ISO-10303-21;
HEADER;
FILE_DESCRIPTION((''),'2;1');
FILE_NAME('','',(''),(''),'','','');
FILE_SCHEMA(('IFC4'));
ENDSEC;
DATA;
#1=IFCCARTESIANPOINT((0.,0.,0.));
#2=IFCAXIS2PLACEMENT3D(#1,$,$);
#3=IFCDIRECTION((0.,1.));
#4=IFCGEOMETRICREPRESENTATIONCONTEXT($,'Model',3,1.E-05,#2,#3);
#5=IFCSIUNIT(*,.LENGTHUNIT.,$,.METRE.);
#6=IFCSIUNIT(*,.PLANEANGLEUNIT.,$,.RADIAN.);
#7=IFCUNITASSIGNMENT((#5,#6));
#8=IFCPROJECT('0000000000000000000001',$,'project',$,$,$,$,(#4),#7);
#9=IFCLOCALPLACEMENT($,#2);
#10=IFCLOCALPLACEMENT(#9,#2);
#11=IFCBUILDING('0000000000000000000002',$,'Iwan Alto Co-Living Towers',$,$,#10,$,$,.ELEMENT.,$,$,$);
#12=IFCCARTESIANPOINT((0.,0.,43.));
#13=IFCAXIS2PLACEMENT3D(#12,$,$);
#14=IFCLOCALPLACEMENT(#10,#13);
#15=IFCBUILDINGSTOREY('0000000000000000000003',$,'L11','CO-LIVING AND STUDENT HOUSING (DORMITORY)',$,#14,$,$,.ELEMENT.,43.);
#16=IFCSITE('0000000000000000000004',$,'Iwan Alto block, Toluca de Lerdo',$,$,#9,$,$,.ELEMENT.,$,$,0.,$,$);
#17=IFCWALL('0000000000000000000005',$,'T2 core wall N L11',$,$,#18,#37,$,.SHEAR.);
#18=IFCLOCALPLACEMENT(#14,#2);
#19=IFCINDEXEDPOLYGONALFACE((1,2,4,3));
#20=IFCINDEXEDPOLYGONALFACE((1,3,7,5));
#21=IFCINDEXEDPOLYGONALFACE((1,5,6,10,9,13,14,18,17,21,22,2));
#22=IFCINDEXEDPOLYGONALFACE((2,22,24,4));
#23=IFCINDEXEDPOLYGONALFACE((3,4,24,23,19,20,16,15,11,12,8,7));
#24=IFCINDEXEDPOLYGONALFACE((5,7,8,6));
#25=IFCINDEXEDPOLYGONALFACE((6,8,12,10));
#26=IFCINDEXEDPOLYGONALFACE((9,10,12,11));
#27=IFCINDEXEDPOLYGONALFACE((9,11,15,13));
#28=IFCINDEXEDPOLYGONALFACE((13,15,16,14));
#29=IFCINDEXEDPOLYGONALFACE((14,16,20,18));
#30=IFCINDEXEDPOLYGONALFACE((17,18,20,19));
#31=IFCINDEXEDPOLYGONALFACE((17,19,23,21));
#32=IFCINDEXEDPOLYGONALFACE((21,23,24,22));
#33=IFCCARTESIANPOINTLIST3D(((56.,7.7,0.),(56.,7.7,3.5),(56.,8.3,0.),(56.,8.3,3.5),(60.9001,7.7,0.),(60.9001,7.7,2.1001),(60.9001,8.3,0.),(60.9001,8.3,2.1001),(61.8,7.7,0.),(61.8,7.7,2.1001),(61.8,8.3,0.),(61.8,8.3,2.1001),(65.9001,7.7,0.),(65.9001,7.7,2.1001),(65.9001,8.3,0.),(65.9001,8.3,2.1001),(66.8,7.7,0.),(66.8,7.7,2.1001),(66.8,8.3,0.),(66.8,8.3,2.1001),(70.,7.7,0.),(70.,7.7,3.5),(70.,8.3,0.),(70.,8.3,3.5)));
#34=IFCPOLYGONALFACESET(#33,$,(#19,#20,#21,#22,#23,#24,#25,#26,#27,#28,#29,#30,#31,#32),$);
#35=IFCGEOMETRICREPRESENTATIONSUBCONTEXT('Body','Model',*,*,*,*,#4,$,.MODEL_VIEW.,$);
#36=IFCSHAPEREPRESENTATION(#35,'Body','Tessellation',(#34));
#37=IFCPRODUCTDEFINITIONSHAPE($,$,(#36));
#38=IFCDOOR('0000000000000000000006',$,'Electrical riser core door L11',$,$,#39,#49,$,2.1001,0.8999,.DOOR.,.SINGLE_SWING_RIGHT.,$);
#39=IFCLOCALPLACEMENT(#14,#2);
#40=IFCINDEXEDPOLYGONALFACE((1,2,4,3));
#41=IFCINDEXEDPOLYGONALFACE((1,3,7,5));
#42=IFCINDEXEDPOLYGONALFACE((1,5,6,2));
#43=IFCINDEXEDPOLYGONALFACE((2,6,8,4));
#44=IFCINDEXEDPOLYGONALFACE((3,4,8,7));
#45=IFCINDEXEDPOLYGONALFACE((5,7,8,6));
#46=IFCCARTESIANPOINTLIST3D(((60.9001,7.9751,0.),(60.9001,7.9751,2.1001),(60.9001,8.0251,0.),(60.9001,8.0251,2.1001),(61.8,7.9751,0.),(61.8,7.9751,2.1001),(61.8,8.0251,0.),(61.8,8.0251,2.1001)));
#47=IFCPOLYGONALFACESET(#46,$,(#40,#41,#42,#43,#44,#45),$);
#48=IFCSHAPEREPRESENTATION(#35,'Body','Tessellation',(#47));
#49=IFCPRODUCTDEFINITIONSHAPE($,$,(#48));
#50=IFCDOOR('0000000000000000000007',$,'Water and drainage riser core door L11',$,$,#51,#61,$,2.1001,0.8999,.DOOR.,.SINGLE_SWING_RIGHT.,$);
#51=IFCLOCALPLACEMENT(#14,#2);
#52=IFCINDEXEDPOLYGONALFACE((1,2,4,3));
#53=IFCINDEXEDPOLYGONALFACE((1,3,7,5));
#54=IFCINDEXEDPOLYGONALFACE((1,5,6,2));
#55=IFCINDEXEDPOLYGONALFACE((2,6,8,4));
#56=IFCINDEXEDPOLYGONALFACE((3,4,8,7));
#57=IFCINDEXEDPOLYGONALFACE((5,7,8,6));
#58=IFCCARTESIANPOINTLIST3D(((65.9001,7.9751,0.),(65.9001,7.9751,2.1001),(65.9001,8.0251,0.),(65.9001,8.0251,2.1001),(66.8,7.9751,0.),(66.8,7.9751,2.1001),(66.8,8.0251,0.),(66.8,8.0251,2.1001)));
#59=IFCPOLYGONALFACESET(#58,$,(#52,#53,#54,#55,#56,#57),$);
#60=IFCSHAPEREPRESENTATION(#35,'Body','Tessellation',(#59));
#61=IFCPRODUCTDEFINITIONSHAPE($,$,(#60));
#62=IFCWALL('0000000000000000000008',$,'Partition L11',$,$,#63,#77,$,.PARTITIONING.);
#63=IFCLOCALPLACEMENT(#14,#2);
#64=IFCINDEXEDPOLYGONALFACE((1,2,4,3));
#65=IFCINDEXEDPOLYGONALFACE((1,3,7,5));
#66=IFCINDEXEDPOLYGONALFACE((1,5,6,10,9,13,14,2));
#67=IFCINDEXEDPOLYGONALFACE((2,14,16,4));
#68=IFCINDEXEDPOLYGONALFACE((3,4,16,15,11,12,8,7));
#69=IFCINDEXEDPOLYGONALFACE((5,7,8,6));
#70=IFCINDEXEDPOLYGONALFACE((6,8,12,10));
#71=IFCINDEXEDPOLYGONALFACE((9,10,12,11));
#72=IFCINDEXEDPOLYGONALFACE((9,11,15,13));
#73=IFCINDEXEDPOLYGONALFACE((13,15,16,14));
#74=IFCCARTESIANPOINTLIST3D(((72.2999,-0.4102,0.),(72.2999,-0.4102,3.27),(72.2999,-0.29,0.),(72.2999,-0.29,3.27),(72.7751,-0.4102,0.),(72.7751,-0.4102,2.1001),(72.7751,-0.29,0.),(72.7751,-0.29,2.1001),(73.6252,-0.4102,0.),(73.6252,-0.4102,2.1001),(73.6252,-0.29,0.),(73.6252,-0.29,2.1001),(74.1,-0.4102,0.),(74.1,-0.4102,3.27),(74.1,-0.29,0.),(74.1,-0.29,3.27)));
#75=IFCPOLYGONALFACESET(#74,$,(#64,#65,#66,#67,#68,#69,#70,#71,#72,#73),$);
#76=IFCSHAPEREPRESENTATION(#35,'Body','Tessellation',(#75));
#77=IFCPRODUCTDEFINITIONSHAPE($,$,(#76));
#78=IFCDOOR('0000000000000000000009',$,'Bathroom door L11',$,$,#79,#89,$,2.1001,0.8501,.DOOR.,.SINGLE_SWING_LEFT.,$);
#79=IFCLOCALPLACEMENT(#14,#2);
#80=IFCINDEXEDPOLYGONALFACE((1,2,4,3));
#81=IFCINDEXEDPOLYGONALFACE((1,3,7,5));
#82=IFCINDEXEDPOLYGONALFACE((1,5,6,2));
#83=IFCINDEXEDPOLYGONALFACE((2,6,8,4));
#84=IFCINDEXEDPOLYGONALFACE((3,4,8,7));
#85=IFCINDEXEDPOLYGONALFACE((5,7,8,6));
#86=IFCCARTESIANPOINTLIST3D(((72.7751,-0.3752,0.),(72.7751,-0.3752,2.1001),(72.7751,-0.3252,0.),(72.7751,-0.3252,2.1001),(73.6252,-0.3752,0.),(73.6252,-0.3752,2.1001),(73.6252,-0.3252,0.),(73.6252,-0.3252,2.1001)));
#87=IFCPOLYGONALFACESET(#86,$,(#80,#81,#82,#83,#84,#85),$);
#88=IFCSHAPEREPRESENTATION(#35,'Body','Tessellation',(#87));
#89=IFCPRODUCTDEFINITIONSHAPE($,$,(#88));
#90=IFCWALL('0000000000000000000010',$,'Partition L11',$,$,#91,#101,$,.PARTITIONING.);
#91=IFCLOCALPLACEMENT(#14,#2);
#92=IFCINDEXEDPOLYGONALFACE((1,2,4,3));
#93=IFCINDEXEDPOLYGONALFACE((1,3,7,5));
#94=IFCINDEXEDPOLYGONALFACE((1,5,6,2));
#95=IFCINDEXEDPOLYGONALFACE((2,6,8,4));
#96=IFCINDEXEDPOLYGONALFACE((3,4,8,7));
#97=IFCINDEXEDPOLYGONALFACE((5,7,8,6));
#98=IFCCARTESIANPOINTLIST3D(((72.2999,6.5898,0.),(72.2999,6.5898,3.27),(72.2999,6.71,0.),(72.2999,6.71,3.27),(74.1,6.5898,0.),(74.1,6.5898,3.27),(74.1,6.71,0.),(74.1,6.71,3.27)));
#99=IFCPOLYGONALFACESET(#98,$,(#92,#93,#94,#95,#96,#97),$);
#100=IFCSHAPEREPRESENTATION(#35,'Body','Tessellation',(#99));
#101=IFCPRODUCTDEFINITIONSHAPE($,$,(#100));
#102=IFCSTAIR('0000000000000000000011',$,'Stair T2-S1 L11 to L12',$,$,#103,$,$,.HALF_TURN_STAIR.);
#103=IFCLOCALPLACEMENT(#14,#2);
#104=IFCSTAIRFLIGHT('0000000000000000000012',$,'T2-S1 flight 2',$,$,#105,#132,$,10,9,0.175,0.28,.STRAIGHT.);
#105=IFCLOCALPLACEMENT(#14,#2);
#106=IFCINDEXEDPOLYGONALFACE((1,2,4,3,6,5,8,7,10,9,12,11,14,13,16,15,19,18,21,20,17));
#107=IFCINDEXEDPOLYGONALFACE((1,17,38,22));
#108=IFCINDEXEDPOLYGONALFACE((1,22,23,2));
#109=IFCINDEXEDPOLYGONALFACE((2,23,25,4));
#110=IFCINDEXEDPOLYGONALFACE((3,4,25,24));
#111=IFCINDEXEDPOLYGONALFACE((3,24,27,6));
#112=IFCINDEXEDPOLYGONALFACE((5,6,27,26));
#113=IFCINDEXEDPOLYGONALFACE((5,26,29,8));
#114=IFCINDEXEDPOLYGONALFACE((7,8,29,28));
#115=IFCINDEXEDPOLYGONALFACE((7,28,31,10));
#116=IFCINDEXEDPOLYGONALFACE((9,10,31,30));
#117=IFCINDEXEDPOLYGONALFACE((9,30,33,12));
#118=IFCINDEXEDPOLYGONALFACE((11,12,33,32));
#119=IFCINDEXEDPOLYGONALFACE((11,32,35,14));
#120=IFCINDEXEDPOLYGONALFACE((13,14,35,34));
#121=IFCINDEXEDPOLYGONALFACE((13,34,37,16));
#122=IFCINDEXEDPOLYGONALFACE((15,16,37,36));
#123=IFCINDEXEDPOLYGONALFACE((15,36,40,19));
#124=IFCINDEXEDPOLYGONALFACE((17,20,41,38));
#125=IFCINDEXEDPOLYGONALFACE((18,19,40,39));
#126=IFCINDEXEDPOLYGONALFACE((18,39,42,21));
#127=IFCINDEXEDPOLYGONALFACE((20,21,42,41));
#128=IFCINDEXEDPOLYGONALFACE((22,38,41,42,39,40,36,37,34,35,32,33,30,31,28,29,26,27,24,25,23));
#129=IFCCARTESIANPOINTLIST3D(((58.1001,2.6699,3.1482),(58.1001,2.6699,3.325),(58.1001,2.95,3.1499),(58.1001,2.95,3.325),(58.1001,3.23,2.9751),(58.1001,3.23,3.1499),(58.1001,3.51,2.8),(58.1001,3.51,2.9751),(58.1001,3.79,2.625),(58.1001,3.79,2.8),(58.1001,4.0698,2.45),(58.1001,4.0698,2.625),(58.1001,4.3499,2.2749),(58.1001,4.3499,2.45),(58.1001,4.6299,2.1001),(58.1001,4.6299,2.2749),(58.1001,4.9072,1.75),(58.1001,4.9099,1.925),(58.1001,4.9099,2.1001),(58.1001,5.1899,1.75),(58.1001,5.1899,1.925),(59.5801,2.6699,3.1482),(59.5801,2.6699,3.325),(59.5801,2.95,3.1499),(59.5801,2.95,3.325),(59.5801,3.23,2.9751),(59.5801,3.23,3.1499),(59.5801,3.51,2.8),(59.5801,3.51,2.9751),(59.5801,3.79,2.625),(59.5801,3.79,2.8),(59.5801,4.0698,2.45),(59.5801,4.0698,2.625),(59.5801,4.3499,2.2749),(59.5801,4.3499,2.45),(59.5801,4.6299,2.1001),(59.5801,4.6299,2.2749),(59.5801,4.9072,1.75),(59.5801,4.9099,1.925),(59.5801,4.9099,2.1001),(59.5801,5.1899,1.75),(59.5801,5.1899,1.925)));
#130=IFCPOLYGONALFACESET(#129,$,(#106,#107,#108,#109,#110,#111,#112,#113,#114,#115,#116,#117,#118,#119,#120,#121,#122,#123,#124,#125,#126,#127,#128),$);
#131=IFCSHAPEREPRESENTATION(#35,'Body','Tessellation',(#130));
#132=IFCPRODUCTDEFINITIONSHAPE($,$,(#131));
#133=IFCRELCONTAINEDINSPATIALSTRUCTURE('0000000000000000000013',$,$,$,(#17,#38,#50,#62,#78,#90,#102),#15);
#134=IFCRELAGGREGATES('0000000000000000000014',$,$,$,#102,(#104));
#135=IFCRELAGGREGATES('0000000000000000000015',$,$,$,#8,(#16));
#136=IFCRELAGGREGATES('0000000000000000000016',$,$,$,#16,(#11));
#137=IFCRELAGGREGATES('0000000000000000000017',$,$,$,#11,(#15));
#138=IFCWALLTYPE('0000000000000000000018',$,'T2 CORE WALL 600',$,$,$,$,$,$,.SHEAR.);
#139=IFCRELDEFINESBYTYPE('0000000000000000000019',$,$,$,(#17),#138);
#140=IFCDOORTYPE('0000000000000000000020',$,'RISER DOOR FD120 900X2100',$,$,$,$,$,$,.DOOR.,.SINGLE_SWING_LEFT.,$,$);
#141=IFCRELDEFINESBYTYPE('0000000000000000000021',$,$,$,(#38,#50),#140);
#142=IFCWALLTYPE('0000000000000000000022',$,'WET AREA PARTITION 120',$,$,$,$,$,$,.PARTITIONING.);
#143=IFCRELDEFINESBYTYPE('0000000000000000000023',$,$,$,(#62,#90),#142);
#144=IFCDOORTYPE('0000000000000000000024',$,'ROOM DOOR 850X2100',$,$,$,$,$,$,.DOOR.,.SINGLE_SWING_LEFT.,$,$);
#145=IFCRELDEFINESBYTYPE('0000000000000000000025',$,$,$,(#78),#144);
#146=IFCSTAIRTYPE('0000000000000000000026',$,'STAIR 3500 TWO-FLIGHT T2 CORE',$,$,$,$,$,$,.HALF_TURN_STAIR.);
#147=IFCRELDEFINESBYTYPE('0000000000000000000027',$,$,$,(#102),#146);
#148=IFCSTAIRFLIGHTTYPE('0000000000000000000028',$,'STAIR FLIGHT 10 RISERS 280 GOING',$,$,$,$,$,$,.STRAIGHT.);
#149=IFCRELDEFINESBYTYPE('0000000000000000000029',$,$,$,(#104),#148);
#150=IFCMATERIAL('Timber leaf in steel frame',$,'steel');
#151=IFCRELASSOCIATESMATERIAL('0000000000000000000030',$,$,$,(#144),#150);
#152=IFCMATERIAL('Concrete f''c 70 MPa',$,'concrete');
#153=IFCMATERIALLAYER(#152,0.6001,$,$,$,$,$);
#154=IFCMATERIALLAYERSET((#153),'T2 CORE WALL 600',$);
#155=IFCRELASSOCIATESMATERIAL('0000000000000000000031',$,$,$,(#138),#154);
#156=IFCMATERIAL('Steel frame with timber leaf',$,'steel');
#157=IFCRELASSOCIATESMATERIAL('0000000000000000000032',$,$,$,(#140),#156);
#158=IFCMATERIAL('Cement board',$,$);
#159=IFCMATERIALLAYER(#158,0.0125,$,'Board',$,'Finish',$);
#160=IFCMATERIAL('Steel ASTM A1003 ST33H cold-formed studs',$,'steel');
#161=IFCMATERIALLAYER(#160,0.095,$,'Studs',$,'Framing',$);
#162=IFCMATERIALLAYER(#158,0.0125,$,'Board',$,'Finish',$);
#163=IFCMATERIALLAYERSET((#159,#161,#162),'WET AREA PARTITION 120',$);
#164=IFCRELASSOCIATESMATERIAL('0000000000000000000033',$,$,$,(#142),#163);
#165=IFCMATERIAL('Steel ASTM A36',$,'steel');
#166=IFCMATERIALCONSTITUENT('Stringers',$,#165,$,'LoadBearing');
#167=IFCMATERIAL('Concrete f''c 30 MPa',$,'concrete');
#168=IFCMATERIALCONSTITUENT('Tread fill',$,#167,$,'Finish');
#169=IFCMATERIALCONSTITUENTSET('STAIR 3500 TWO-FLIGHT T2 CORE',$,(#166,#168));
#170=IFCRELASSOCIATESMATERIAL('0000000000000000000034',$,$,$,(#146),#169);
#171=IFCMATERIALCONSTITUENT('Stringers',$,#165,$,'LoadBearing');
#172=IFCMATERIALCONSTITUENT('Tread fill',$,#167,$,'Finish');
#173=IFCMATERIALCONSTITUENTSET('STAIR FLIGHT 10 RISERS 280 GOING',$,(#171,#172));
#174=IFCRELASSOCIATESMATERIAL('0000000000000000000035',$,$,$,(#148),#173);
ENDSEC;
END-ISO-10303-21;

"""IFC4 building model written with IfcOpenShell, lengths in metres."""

from ifc_helpers import new_model, si_unit, direction, frame, frame_2d, origin, place, context, subcontext, project, spatial, polyline, rectangle, outline, extrude, material, layer, layer_set, constituent, constituent_set, type_object, element, fill, aggregate, save


model = new_model("IFC4")

# Units and contexts
model_context = context("Model", 3, precision=1e-05, world=origin(), true_north=direction((0.0, 1.0)))
body_context = subcontext(model_context, "Body", "Model", "MODEL_VIEW")
ifc_project = project(units=[si_unit("LENGTHUNIT", "METRE"), si_unit("PLANEANGLEUNIT", "RADIAN")], contexts=[model_context])

# Site, building, storey
site_placement = place(None, origin())
site = spatial("IfcSite", under=ifc_project, at=site_placement, Name="Iwan Alto block, Toluca de Lerdo", CompositionType="ELEMENT", RefElevation=0.0)
building_placement = place(site_placement, origin())
building = spatial("IfcBuilding", under=site, at=building_placement, Name="Iwan Alto Co-Living Towers", CompositionType="ELEMENT")
storey_placement = place(building_placement, frame((0.0, 0.0, 43.0)))
storey = spatial("IfcBuildingStorey", under=building, at=storey_placement, Name="L11", Description="CO-LIVING AND STUDENT HOUSING (DORMITORY)", CompositionType="ELEMENT", Elevation=43.0)

# Shared definitions
ifc_material_1 = material(Name="Steel ASTM A1003 ST33H cold-formed studs", Category="steel")
ifc_material_2 = material(Name="Timber leaf in steel frame", Category="steel")
door_type_1 = type_object("IfcDoorType", Name="ROOM DOOR 850X2100", OperationType="SINGLE_SWING_LEFT", PredefinedType="DOOR", material=ifc_material_2)

# Wall, openings, doors
ifc_material_3 = material(Name="Concrete f'c 70 MPa", Category="concrete")
ifc_layer_1 = layer(ifc_material_3, 0.6001)
ifc_layer_set_1 = layer_set([ifc_layer_1], Name="T2 CORE WALL 600")
wall_type_1 = type_object("IfcWallType", Name="T2 CORE WALL 600", PredefinedType="SHEAR", material=ifc_layer_set_1)
wall_1_placement = place(storey_placement, frame((70.0, 8.0, 0.0), z_axis=(0.0, 0.0, 1.0), x_axis=(-1.0, 0.0, 0.0)))
wall_1 = element("IfcWall", 1, at=wall_1_placement, inside=storey, type_object=wall_type_1, Name="T2 core wall N L11", PredefinedType="SHEAR", context=body_context, shape_type="SweptSolid", body=[
    extrude(rectangle(XDim=14.0, YDim=0.6001, at=frame_2d((7.0, 0.0))), origin(), (0.0, 0.0, 1.0), 3.5),
])
opening_1_placement = place(wall_1_placement, frame((8.2, 0.0, 0.0)))
opening_1 = element("IfcOpeningElement", 2, at=opening_1_placement, cuts=wall_1, PredefinedType="OPENING", context=body_context, shape_type="SweptSolid", body=[
    extrude(rectangle(XDim=0.8999, YDim=2.1001, at=frame_2d((0.45, 1.05))), frame((0.0, 0.3101, 0.0), z_axis=(0.0, -1.0, 0.0), x_axis=(1.0, 0.0, 0.0)), (0.0, 0.0, 1.0), 0.6201),
])
opening_2_placement = place(wall_1_placement, frame((3.2, 0.0, 0.0)))
opening_2 = element("IfcOpeningElement", 3, at=opening_2_placement, cuts=wall_1, PredefinedType="OPENING", context=body_context, shape_type="SweptSolid", body=[
    extrude(rectangle(XDim=0.8999, YDim=2.1001, at=frame_2d((0.45, 1.05))), frame((0.0, 0.3101, 0.0), z_axis=(0.0, -1.0, 0.0), x_axis=(1.0, 0.0, 0.0)), (0.0, 0.0, 1.0), 0.6201),
])
ifc_material_4 = material(Name="Steel frame with timber leaf", Category="steel")
door_type_2 = type_object("IfcDoorType", Name="RISER DOOR FD120 900X2100", OperationType="SINGLE_SWING_LEFT", PredefinedType="DOOR", material=ifc_material_4)
door_1_placement = place(opening_1_placement, origin())
door_1 = element("IfcDoor", 4, at=door_1_placement, inside=storey, type_object=door_type_2, Name="Electrical riser core door L11", OperationType="SINGLE_SWING_RIGHT", OverallHeight=2.1001, OverallWidth=0.8999, PredefinedType="DOOR", context=body_context, shape_type="SweptSolid", body=[
    extrude(rectangle(XDim=0.8999, YDim=2.1001, at=frame_2d((0.45, 1.05))), frame((0.0, 0.0249, 0.0), z_axis=(0.0, -1.0, 0.0), x_axis=(1.0, 0.0, 0.0)), (0.0, 0.0, 1.0), 0.05),
])
fill(opening_1, door_1)
door_2_placement = place(opening_2_placement, origin())
door_2 = element("IfcDoor", 5, at=door_2_placement, inside=storey, type_object=door_type_2, Name="Water and drainage riser core door L11", OperationType="SINGLE_SWING_RIGHT", OverallHeight=2.1001, OverallWidth=0.8999, PredefinedType="DOOR", context=body_context, shape_type="SweptSolid", body=[
    extrude(rectangle(XDim=0.8999, YDim=2.1001, at=frame_2d((0.45, 1.05))), frame((0.0, 0.0249, 0.0), z_axis=(0.0, -1.0, 0.0), x_axis=(1.0, 0.0, 0.0)), (0.0, 0.0, 1.0), 0.05),
])
fill(opening_2, door_2)

# Wall, opening, door
ifc_material_5 = material(Name="Cement board")
ifc_layer_2 = layer(ifc_material_5, 0.0125, Name="Board", Category="Finish")
ifc_layer_3 = layer(ifc_material_1, 0.095, Name="Studs", Category="Framing")
ifc_layer_4 = layer(ifc_material_5, 0.0125, Name="Board", Category="Finish")
ifc_layer_set_2 = layer_set([ifc_layer_2, ifc_layer_3, ifc_layer_4], Name="WET AREA PARTITION 120")
wall_type_2 = type_object("IfcWallType", Name="WET AREA PARTITION 120", PredefinedType="PARTITIONING", material=ifc_layer_set_2)
wall_2_placement = place(storey_placement, frame((72.3, -0.3501, 0.0), z_axis=(0.0, 0.0, 1.0), x_axis=(1.0, 0.0, 0.0)))
wall_2 = element("IfcWall", 6, at=wall_2_placement, inside=storey, type_object=wall_type_2, Name="Partition L11", PredefinedType="PARTITIONING", context=body_context, shape_type="SweptSolid", body=[
    extrude(rectangle(XDim=1.8, YDim=0.1201, at=frame_2d((0.8999, 0.0))), origin(), (0.0, 0.0, 1.0), 3.27),
])
opening_3_placement = place(wall_2_placement, frame((0.4751, 0.0, 0.0)))
opening_3 = element("IfcOpeningElement", 7, at=opening_3_placement, cuts=wall_2, PredefinedType="OPENING", context=body_context, shape_type="SweptSolid", body=[
    extrude(rectangle(XDim=0.8501, YDim=2.1001, at=frame_2d((0.425, 1.05))), frame((0.0, 0.0701, 0.0), z_axis=(0.0, -1.0, 0.0), x_axis=(1.0, 0.0, 0.0)), (0.0, 0.0, 1.0), 0.1401),
])
door_3_placement = place(opening_3_placement, origin())
door_3 = element("IfcDoor", 8, at=door_3_placement, inside=storey, type_object=door_type_1, Name="Bathroom door L11", OperationType="SINGLE_SWING_LEFT", OverallHeight=2.1001, OverallWidth=0.8501, PredefinedType="DOOR", context=body_context, shape_type="SweptSolid", body=[
    extrude(rectangle(XDim=0.8501, YDim=2.1001, at=frame_2d((0.425, 1.05))), frame((0.0, 0.0249, 0.0), z_axis=(0.0, -1.0, 0.0), x_axis=(1.0, 0.0, 0.0)), (0.0, 0.0, 1.0), 0.05),
])
fill(opening_3, door_3)

# Wall
wall_3_placement = place(storey_placement, frame((72.3, 6.6499, 0.0), z_axis=(0.0, 0.0, 1.0), x_axis=(1.0, 0.0, 0.0)))
element("IfcWall", 9, at=wall_3_placement, inside=storey, type_object=wall_type_2, Name="Partition L11", PredefinedType="PARTITIONING", context=body_context, shape_type="SweptSolid", body=[
    extrude(rectangle(XDim=1.8, YDim=0.1201, at=frame_2d((0.8999, 0.0))), origin(), (0.0, 0.0, 1.0), 3.27),
])

# Stair, stair flight
ifc_material_6 = material(Name="Steel ASTM A36", Category="steel")
ifc_constituent_1 = constituent(ifc_material_6, Name="Stringers", Category="LoadBearing")
ifc_material_7 = material(Name="Concrete f'c 30 MPa", Category="concrete")
ifc_constituent_2 = constituent(ifc_material_7, Name="Tread fill", Category="Finish")
ifc_constituent_set_1 = constituent_set(constituents=[ifc_constituent_1, ifc_constituent_2], Name="STAIR 3500 TWO-FLIGHT T2 CORE")
stair_type = type_object("IfcStairType", Name="STAIR 3500 TWO-FLIGHT T2 CORE", PredefinedType="HALF_TURN_STAIR", material=ifc_constituent_set_1)
stair_placement = place(storey_placement, origin())
stair = element("IfcStair", 10, at=stair_placement, inside=storey, type_object=stair_type, Name="Stair T2-S1 L11 to L12", PredefinedType="HALF_TURN_STAIR")
ifc_constituent_3 = constituent(ifc_material_6, Name="Stringers", Category="LoadBearing")
ifc_constituent_4 = constituent(ifc_material_7, Name="Tread fill", Category="Finish")
ifc_constituent_set_2 = constituent_set(constituents=[ifc_constituent_3, ifc_constituent_4], Name="STAIR FLIGHT 10 RISERS 280 GOING")
stair_flight_type = type_object("IfcStairFlightType", Name="STAIR FLIGHT 10 RISERS 280 GOING", PredefinedType="STRAIGHT", material=ifc_constituent_set_2)
stair_flight_placement = place(storey_placement, frame((58.8401, 5.1899, 1.75), z_axis=(0.0, 0.0, 1.0), x_axis=(0.0, -1.0, 0.0)))
stair_flight = element("IfcStairFlight", 11, at=stair_flight_placement, type_object=stair_flight_type, Name="T2-S1 flight 2", NumberOfRisers=10, NumberOfTreads=9, PredefinedType="STRAIGHT", RiserHeight=0.175, TreadLength=0.28, context=body_context, shape_type="SweptSolid", body=[
    extrude(outline(polyline([(0.0, 0.0), (0.0, 0.175), (0.28, 0.175), (0.28, 0.3501), (0.5601, 0.3501), (0.5601, 0.5249), (0.8401, 0.5249), (0.8401, 0.7), (1.1201, 0.7), (1.1201, 0.875), (1.3999, 0.875), (1.3999, 1.05), (1.6799, 1.05), (1.6799, 1.2251), (1.96, 1.2251), (1.96, 1.3999), (2.24, 1.3999), (2.24, 1.575), (2.52, 1.575), (2.52, 1.75), (2.52, 1.3982), (0.2827, 0.0), (0.0, 0.0)])), frame((0.0, 0.74, 0.0), z_axis=(0.0, -1.0, 0.0), x_axis=(1.0, 0.0, 0.0)), (0.0, 0.0, 1.0), 1.48),
])
aggregate(stair, [stair_flight])

save(model, "model.ifc")
